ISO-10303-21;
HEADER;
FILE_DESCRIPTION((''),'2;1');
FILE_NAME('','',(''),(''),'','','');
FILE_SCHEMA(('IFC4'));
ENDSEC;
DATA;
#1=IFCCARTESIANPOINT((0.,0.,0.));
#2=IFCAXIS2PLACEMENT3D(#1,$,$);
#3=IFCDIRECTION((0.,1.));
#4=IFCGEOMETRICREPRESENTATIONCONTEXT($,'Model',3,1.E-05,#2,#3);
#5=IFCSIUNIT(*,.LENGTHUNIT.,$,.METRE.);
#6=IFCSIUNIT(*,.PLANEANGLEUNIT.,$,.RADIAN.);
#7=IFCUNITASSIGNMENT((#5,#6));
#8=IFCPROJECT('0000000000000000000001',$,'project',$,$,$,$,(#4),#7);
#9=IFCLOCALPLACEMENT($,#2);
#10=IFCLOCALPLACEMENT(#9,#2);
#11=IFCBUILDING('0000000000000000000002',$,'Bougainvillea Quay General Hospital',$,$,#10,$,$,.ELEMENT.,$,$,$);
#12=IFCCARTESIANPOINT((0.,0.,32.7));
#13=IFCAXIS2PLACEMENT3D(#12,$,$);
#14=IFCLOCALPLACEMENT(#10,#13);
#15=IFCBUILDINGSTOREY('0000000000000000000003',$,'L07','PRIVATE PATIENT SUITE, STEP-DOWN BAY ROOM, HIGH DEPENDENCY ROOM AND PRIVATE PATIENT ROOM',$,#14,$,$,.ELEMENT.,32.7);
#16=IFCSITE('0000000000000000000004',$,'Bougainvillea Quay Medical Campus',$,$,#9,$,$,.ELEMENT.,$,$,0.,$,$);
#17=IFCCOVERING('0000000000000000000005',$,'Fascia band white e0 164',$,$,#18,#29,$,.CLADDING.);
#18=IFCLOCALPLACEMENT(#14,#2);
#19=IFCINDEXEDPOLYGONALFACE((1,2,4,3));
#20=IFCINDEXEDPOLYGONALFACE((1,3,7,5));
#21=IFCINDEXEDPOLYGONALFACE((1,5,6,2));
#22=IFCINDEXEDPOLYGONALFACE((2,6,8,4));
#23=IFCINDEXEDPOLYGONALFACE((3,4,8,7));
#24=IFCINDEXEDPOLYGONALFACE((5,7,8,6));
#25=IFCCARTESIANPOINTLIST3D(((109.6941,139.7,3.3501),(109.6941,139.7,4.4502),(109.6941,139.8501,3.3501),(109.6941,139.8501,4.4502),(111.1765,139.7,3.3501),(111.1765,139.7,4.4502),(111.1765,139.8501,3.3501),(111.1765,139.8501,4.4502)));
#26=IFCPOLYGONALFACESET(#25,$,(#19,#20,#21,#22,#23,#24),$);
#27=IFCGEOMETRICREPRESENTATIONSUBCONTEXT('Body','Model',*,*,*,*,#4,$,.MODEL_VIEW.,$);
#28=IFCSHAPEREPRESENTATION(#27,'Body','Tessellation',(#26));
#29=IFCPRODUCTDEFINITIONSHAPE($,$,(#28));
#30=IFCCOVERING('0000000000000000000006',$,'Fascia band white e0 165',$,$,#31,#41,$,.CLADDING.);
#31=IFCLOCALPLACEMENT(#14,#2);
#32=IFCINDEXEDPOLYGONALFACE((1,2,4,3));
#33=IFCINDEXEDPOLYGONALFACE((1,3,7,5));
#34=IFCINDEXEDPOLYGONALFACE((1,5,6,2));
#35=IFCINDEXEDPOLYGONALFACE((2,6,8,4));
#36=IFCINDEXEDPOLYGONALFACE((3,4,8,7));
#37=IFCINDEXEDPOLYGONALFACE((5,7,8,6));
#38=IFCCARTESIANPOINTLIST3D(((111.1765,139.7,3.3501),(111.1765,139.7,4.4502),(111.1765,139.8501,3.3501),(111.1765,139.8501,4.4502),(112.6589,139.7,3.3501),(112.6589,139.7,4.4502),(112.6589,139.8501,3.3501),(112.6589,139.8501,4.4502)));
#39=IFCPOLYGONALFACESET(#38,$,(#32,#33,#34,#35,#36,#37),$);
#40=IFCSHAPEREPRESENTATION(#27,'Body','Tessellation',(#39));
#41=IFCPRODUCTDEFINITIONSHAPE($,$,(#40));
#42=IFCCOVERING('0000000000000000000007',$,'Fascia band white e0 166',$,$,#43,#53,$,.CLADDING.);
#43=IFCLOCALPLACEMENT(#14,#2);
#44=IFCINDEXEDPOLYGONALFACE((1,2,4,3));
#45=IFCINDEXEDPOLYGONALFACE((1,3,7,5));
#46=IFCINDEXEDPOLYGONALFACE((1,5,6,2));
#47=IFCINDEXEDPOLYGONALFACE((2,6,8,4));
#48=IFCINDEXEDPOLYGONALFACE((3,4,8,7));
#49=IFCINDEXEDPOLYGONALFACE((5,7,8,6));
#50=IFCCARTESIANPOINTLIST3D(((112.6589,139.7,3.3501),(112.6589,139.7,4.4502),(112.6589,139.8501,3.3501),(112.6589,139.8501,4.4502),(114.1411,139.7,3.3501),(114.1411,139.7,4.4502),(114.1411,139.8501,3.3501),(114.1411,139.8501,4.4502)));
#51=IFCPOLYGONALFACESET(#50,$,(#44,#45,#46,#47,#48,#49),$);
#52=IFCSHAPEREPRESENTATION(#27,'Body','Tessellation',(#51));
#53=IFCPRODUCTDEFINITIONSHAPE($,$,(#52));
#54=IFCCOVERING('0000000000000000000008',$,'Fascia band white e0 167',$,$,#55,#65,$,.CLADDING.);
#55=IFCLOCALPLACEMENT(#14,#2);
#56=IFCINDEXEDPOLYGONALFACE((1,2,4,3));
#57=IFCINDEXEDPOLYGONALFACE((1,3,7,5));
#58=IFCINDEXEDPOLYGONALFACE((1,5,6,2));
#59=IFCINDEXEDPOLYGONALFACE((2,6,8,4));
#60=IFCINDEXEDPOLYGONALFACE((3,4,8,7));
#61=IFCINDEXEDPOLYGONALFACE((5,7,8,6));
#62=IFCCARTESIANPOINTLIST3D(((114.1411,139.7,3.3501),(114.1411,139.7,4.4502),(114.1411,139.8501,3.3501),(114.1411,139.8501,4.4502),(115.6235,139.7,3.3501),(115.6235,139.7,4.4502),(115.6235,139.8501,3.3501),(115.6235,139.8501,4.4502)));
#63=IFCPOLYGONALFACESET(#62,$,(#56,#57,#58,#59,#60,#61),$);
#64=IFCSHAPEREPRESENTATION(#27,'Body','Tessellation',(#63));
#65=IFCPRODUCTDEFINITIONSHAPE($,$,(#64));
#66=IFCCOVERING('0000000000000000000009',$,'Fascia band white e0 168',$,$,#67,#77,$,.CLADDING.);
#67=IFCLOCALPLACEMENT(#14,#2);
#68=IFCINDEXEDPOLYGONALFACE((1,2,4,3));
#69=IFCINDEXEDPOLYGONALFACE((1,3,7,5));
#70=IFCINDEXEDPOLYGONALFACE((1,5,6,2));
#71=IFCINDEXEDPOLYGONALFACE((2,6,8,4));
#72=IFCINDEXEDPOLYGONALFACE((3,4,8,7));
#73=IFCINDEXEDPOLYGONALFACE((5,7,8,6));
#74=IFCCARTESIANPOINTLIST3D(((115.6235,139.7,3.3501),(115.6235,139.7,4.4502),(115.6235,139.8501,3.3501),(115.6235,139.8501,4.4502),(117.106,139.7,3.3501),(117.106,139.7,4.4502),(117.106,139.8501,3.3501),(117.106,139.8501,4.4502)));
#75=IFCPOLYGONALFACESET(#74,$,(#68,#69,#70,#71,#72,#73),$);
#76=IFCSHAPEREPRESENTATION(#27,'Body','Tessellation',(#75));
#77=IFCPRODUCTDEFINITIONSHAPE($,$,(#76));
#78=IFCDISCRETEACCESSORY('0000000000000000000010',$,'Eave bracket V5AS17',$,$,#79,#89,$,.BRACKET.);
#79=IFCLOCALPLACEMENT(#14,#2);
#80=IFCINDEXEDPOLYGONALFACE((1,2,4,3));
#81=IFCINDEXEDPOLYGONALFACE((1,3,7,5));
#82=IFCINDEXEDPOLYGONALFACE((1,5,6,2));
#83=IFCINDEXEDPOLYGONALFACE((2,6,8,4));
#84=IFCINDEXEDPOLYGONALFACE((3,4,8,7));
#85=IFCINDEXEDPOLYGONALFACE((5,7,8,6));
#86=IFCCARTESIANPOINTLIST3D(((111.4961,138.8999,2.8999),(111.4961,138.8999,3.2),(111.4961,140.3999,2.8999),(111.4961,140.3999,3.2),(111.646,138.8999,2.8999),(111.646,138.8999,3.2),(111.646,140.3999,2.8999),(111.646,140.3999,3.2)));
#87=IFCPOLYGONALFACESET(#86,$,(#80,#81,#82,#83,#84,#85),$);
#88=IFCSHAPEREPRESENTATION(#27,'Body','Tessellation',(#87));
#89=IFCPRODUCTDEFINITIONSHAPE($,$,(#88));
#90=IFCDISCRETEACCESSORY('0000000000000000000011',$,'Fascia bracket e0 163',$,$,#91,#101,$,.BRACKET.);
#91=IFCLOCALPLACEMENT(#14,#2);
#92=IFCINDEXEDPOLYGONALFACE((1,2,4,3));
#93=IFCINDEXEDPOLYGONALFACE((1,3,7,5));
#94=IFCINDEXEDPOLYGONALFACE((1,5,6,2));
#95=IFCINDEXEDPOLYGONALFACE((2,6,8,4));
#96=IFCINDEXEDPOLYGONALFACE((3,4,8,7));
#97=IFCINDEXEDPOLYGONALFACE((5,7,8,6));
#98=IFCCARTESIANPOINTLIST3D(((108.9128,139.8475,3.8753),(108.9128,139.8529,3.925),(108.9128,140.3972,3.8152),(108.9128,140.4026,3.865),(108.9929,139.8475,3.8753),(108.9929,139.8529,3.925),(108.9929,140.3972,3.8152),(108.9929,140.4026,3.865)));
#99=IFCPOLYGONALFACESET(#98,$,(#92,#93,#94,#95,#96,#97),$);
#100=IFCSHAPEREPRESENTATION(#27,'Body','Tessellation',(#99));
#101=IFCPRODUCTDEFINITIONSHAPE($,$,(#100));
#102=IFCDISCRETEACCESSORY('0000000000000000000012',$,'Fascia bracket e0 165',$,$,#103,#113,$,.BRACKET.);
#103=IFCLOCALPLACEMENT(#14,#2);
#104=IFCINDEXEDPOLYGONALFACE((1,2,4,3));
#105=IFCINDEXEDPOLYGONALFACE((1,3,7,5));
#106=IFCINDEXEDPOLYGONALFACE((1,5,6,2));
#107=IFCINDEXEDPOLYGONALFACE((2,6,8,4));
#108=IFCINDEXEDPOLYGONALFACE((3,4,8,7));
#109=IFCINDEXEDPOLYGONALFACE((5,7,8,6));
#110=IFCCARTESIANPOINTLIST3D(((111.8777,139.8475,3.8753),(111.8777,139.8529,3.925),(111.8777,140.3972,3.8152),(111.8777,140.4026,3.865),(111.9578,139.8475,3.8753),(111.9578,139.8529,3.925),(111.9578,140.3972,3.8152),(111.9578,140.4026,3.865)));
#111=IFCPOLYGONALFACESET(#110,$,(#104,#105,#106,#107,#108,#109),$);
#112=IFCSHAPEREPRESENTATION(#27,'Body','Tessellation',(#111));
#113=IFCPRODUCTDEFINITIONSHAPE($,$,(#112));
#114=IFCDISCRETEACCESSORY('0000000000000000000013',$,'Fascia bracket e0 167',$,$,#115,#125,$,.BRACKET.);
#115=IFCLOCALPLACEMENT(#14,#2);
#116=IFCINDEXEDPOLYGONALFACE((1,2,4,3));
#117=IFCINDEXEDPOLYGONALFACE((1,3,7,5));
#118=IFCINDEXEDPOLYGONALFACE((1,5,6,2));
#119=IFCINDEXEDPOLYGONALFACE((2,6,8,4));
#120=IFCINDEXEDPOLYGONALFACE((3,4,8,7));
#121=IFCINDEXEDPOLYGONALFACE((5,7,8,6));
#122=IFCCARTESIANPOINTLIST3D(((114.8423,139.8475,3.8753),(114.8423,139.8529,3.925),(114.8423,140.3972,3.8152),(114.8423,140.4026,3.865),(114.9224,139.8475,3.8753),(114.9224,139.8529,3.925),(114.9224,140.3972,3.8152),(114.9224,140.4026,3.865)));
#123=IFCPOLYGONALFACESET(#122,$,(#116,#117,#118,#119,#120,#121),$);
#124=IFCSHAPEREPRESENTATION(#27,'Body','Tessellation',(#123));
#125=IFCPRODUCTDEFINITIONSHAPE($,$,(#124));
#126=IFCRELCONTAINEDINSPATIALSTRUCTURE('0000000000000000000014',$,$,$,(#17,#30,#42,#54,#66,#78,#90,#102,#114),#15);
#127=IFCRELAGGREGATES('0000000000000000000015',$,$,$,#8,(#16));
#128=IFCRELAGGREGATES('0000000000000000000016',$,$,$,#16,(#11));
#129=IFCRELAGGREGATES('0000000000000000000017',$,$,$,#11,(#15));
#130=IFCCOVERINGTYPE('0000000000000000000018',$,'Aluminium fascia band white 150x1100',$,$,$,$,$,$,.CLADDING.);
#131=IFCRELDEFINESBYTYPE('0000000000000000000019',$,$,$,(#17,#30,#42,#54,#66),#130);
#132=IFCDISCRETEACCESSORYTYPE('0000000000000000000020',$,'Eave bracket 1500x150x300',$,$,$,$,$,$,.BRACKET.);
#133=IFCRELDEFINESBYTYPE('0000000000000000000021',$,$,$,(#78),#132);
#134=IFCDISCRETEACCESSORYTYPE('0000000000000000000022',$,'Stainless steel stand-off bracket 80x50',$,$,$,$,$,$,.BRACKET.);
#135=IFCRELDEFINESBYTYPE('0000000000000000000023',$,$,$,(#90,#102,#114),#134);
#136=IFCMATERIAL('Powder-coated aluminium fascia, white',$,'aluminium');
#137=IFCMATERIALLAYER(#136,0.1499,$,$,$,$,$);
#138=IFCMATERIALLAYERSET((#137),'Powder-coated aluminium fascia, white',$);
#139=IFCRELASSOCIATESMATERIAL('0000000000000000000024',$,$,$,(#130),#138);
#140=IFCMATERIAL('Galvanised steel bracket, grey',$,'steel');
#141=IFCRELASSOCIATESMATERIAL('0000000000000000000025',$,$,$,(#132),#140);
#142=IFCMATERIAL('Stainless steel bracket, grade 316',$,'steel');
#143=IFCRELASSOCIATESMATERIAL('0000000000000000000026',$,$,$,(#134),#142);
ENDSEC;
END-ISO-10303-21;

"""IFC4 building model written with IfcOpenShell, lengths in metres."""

from ifc_helpers import new_model, si_unit, direction, frame, origin, origin_2d, place, context, subcontext, project, spatial, polyline, rectangle, outline, extrude, material, layer, layer_set, material_profile, profile_set, type_object, element, save


model = new_model("IFC4")

# Units and contexts
model_context = context("Model", 3, precision=1e-05, world=origin(), true_north=direction((0.0, 1.0)))
body_context = subcontext(model_context, "Body", "Model", "MODEL_VIEW")
ifc_project = project(units=[si_unit("LENGTHUNIT", "METRE"), si_unit("PLANEANGLEUNIT", "RADIAN")], contexts=[model_context])

# Site, building, storey
site_placement = place(None, origin())
site = spatial("IfcSite", under=ifc_project, at=site_placement, Name="Bougainvillea Quay Medical Campus", CompositionType="ELEMENT", RefElevation=0.0)
building_placement = place(site_placement, origin())
building = spatial("IfcBuilding", under=site, at=building_placement, Name="Bougainvillea Quay General Hospital", CompositionType="ELEMENT")
storey_placement = place(building_placement, frame((0.0, 0.0, 32.7)))
storey = spatial("IfcBuildingStorey", under=building, at=storey_placement, Name="L07", Description="PRIVATE PATIENT SUITE, STEP-DOWN BAY ROOM, HIGH DEPENDENCY ROOM AND PRIVATE PATIENT ROOM", CompositionType="ELEMENT", Elevation=32.7)

# Coverings
ifc_material_1 = material(Name="Powder-coated aluminium fascia, white", Category="aluminium")
ifc_layer_1 = layer(ifc_material_1, 0.1499)
ifc_layer_set_1 = layer_set([ifc_layer_1], Name="Powder-coated aluminium fascia, white")
covering_type = type_object("IfcCoveringType", Name="Aluminium fascia band white 150x1100", PredefinedType="CLADDING", material=ifc_layer_set_1)
for number, where, z_axis, x_axis, name in (
    (1, (109.6941, 139.8501, 3.3501), (0.0, 0.0, 1.0), (1.0, 0.0, 0.0), "Fascia band white e0 164"),
    (2, (111.1765, 139.8501, 3.3501), (0.0, 0.0, 1.0), (1.0, 0.0, 0.0), "Fascia band white e0 165"),
):
    element("IfcCovering", number, at=place(storey_placement, frame(where, z_axis=z_axis, x_axis=x_axis)), inside=storey, type_object=covering_type, Name=name, PredefinedType="CLADDING", context=body_context, shape_type="SweptSolid", body=[
        extrude(outline(polyline([(0.0, 0.0), (1.4824, 0.0), (1.4824, -0.1501), (0.0, -0.1501), (0.0, 0.0)])), origin(), (0.0, 0.0, 1.0), 1.1001),
    ])
covering_placement = place(storey_placement, frame((112.6589, 139.8501, 3.3501), z_axis=(0.0, 0.0, 1.0), x_axis=(1.0, 0.0, 0.0)))
element("IfcCovering", 3, at=covering_placement, inside=storey, type_object=covering_type, Name="Fascia band white e0 166", PredefinedType="CLADDING", context=body_context, shape_type="SweptSolid", body=[
    extrude(outline(polyline([(0.0, 0.0), (1.4822, 0.0), (1.4822, -0.1501), (0.0, -0.1501), (0.0, 0.0)])), origin(), (0.0, 0.0, 1.0), 1.1001),
])
for number, where, z_axis, x_axis, name in (
    (4, (114.1411, 139.8501, 3.3501), (0.0, 0.0, 1.0), (1.0, 0.0, 0.0), "Fascia band white e0 167"),
    (5, (115.6235, 139.8501, 3.3501), (0.0, 0.0, 1.0), (1.0, 0.0, 0.0), "Fascia band white e0 168"),
):
    element("IfcCovering", number, at=place(storey_placement, frame(where, z_axis=z_axis, x_axis=x_axis)), inside=storey, type_object=covering_type, Name=name, PredefinedType="CLADDING", context=body_context, shape_type="SweptSolid", body=[
        extrude(outline(polyline([(0.0, 0.0), (1.4824, 0.0), (1.4824, -0.1501), (0.0, -0.1501), (0.0, 0.0)])), origin(), (0.0, 0.0, 1.0), 1.1001),
    ])

# Discrete accessories
ifc_material_2 = material(Name="Galvanised steel bracket, grey", Category="steel")
discrete_accessory_type_1 = type_object("IfcDiscreteAccessoryType", Name="Eave bracket 1500x150x300", PredefinedType="BRACKET", material=ifc_material_2)
discrete_accessory_placement = place(storey_placement, frame((111.571, 139.6499, 2.8999), z_axis=(0.0, 0.0, 1.0), x_axis=(1.0, 0.0, 0.0)))
element("IfcDiscreteAccessory", 6, at=discrete_accessory_placement, inside=storey, type_object=discrete_accessory_type_1, Name="Eave bracket V5AS17", PredefinedType="BRACKET", context=body_context, shape_type="SweptSolid", body=[
    extrude(rectangle(XDim=0.1499, YDim=1.5, at=origin_2d()), origin(), (0.0, 0.0, 1.0), 0.3),
])
ifc_material_3 = material(Name="Stainless steel bracket, grade 316", Category="steel")
ifc_material_profile_1 = material_profile(ifc_material_3, rectangle(XDim=0.0801, YDim=0.05, at=origin_2d()))
ifc_profile_set_1 = profile_set([ifc_material_profile_1], Name="Stainless steel bracket, grade 316")
discrete_accessory_type_2 = type_object("IfcDiscreteAccessoryType", Name="Stainless steel stand-off bracket 80x50", PredefinedType="BRACKET", material=ifc_profile_set_1)
for number, where, z_axis, x_axis, name in (
    (7, (108.9529, 140.3999, 3.8401), (0.0, -0.994087, 0.10859), (1.0, 0.0, 0.0), "Fascia bracket e0 163"),
    (8, (111.9177, 140.3999, 3.8401), (0.0, -0.994087, 0.10859), (1.0, 0.0, 0.0), "Fascia bracket e0 165"),
    (9, (114.8823, 140.3999, 3.8401), (0.0, -0.994087, 0.10859), (1.0, 0.0, 0.0), "Fascia bracket e0 167"),
):
    element("IfcDiscreteAccessory", number, at=place(storey_placement, frame(where, z_axis=z_axis, x_axis=x_axis)), inside=storey, type_object=discrete_accessory_type_2, Name=name, PredefinedType="BRACKET", context=body_context, shape_type="SweptSolid", body=[
        extrude(rectangle(XDim=0.0801, YDim=0.05, at=origin_2d()), origin(), (0.0, 0.0, 1.0), 0.553),
    ])

save(model, "model.ifc")
